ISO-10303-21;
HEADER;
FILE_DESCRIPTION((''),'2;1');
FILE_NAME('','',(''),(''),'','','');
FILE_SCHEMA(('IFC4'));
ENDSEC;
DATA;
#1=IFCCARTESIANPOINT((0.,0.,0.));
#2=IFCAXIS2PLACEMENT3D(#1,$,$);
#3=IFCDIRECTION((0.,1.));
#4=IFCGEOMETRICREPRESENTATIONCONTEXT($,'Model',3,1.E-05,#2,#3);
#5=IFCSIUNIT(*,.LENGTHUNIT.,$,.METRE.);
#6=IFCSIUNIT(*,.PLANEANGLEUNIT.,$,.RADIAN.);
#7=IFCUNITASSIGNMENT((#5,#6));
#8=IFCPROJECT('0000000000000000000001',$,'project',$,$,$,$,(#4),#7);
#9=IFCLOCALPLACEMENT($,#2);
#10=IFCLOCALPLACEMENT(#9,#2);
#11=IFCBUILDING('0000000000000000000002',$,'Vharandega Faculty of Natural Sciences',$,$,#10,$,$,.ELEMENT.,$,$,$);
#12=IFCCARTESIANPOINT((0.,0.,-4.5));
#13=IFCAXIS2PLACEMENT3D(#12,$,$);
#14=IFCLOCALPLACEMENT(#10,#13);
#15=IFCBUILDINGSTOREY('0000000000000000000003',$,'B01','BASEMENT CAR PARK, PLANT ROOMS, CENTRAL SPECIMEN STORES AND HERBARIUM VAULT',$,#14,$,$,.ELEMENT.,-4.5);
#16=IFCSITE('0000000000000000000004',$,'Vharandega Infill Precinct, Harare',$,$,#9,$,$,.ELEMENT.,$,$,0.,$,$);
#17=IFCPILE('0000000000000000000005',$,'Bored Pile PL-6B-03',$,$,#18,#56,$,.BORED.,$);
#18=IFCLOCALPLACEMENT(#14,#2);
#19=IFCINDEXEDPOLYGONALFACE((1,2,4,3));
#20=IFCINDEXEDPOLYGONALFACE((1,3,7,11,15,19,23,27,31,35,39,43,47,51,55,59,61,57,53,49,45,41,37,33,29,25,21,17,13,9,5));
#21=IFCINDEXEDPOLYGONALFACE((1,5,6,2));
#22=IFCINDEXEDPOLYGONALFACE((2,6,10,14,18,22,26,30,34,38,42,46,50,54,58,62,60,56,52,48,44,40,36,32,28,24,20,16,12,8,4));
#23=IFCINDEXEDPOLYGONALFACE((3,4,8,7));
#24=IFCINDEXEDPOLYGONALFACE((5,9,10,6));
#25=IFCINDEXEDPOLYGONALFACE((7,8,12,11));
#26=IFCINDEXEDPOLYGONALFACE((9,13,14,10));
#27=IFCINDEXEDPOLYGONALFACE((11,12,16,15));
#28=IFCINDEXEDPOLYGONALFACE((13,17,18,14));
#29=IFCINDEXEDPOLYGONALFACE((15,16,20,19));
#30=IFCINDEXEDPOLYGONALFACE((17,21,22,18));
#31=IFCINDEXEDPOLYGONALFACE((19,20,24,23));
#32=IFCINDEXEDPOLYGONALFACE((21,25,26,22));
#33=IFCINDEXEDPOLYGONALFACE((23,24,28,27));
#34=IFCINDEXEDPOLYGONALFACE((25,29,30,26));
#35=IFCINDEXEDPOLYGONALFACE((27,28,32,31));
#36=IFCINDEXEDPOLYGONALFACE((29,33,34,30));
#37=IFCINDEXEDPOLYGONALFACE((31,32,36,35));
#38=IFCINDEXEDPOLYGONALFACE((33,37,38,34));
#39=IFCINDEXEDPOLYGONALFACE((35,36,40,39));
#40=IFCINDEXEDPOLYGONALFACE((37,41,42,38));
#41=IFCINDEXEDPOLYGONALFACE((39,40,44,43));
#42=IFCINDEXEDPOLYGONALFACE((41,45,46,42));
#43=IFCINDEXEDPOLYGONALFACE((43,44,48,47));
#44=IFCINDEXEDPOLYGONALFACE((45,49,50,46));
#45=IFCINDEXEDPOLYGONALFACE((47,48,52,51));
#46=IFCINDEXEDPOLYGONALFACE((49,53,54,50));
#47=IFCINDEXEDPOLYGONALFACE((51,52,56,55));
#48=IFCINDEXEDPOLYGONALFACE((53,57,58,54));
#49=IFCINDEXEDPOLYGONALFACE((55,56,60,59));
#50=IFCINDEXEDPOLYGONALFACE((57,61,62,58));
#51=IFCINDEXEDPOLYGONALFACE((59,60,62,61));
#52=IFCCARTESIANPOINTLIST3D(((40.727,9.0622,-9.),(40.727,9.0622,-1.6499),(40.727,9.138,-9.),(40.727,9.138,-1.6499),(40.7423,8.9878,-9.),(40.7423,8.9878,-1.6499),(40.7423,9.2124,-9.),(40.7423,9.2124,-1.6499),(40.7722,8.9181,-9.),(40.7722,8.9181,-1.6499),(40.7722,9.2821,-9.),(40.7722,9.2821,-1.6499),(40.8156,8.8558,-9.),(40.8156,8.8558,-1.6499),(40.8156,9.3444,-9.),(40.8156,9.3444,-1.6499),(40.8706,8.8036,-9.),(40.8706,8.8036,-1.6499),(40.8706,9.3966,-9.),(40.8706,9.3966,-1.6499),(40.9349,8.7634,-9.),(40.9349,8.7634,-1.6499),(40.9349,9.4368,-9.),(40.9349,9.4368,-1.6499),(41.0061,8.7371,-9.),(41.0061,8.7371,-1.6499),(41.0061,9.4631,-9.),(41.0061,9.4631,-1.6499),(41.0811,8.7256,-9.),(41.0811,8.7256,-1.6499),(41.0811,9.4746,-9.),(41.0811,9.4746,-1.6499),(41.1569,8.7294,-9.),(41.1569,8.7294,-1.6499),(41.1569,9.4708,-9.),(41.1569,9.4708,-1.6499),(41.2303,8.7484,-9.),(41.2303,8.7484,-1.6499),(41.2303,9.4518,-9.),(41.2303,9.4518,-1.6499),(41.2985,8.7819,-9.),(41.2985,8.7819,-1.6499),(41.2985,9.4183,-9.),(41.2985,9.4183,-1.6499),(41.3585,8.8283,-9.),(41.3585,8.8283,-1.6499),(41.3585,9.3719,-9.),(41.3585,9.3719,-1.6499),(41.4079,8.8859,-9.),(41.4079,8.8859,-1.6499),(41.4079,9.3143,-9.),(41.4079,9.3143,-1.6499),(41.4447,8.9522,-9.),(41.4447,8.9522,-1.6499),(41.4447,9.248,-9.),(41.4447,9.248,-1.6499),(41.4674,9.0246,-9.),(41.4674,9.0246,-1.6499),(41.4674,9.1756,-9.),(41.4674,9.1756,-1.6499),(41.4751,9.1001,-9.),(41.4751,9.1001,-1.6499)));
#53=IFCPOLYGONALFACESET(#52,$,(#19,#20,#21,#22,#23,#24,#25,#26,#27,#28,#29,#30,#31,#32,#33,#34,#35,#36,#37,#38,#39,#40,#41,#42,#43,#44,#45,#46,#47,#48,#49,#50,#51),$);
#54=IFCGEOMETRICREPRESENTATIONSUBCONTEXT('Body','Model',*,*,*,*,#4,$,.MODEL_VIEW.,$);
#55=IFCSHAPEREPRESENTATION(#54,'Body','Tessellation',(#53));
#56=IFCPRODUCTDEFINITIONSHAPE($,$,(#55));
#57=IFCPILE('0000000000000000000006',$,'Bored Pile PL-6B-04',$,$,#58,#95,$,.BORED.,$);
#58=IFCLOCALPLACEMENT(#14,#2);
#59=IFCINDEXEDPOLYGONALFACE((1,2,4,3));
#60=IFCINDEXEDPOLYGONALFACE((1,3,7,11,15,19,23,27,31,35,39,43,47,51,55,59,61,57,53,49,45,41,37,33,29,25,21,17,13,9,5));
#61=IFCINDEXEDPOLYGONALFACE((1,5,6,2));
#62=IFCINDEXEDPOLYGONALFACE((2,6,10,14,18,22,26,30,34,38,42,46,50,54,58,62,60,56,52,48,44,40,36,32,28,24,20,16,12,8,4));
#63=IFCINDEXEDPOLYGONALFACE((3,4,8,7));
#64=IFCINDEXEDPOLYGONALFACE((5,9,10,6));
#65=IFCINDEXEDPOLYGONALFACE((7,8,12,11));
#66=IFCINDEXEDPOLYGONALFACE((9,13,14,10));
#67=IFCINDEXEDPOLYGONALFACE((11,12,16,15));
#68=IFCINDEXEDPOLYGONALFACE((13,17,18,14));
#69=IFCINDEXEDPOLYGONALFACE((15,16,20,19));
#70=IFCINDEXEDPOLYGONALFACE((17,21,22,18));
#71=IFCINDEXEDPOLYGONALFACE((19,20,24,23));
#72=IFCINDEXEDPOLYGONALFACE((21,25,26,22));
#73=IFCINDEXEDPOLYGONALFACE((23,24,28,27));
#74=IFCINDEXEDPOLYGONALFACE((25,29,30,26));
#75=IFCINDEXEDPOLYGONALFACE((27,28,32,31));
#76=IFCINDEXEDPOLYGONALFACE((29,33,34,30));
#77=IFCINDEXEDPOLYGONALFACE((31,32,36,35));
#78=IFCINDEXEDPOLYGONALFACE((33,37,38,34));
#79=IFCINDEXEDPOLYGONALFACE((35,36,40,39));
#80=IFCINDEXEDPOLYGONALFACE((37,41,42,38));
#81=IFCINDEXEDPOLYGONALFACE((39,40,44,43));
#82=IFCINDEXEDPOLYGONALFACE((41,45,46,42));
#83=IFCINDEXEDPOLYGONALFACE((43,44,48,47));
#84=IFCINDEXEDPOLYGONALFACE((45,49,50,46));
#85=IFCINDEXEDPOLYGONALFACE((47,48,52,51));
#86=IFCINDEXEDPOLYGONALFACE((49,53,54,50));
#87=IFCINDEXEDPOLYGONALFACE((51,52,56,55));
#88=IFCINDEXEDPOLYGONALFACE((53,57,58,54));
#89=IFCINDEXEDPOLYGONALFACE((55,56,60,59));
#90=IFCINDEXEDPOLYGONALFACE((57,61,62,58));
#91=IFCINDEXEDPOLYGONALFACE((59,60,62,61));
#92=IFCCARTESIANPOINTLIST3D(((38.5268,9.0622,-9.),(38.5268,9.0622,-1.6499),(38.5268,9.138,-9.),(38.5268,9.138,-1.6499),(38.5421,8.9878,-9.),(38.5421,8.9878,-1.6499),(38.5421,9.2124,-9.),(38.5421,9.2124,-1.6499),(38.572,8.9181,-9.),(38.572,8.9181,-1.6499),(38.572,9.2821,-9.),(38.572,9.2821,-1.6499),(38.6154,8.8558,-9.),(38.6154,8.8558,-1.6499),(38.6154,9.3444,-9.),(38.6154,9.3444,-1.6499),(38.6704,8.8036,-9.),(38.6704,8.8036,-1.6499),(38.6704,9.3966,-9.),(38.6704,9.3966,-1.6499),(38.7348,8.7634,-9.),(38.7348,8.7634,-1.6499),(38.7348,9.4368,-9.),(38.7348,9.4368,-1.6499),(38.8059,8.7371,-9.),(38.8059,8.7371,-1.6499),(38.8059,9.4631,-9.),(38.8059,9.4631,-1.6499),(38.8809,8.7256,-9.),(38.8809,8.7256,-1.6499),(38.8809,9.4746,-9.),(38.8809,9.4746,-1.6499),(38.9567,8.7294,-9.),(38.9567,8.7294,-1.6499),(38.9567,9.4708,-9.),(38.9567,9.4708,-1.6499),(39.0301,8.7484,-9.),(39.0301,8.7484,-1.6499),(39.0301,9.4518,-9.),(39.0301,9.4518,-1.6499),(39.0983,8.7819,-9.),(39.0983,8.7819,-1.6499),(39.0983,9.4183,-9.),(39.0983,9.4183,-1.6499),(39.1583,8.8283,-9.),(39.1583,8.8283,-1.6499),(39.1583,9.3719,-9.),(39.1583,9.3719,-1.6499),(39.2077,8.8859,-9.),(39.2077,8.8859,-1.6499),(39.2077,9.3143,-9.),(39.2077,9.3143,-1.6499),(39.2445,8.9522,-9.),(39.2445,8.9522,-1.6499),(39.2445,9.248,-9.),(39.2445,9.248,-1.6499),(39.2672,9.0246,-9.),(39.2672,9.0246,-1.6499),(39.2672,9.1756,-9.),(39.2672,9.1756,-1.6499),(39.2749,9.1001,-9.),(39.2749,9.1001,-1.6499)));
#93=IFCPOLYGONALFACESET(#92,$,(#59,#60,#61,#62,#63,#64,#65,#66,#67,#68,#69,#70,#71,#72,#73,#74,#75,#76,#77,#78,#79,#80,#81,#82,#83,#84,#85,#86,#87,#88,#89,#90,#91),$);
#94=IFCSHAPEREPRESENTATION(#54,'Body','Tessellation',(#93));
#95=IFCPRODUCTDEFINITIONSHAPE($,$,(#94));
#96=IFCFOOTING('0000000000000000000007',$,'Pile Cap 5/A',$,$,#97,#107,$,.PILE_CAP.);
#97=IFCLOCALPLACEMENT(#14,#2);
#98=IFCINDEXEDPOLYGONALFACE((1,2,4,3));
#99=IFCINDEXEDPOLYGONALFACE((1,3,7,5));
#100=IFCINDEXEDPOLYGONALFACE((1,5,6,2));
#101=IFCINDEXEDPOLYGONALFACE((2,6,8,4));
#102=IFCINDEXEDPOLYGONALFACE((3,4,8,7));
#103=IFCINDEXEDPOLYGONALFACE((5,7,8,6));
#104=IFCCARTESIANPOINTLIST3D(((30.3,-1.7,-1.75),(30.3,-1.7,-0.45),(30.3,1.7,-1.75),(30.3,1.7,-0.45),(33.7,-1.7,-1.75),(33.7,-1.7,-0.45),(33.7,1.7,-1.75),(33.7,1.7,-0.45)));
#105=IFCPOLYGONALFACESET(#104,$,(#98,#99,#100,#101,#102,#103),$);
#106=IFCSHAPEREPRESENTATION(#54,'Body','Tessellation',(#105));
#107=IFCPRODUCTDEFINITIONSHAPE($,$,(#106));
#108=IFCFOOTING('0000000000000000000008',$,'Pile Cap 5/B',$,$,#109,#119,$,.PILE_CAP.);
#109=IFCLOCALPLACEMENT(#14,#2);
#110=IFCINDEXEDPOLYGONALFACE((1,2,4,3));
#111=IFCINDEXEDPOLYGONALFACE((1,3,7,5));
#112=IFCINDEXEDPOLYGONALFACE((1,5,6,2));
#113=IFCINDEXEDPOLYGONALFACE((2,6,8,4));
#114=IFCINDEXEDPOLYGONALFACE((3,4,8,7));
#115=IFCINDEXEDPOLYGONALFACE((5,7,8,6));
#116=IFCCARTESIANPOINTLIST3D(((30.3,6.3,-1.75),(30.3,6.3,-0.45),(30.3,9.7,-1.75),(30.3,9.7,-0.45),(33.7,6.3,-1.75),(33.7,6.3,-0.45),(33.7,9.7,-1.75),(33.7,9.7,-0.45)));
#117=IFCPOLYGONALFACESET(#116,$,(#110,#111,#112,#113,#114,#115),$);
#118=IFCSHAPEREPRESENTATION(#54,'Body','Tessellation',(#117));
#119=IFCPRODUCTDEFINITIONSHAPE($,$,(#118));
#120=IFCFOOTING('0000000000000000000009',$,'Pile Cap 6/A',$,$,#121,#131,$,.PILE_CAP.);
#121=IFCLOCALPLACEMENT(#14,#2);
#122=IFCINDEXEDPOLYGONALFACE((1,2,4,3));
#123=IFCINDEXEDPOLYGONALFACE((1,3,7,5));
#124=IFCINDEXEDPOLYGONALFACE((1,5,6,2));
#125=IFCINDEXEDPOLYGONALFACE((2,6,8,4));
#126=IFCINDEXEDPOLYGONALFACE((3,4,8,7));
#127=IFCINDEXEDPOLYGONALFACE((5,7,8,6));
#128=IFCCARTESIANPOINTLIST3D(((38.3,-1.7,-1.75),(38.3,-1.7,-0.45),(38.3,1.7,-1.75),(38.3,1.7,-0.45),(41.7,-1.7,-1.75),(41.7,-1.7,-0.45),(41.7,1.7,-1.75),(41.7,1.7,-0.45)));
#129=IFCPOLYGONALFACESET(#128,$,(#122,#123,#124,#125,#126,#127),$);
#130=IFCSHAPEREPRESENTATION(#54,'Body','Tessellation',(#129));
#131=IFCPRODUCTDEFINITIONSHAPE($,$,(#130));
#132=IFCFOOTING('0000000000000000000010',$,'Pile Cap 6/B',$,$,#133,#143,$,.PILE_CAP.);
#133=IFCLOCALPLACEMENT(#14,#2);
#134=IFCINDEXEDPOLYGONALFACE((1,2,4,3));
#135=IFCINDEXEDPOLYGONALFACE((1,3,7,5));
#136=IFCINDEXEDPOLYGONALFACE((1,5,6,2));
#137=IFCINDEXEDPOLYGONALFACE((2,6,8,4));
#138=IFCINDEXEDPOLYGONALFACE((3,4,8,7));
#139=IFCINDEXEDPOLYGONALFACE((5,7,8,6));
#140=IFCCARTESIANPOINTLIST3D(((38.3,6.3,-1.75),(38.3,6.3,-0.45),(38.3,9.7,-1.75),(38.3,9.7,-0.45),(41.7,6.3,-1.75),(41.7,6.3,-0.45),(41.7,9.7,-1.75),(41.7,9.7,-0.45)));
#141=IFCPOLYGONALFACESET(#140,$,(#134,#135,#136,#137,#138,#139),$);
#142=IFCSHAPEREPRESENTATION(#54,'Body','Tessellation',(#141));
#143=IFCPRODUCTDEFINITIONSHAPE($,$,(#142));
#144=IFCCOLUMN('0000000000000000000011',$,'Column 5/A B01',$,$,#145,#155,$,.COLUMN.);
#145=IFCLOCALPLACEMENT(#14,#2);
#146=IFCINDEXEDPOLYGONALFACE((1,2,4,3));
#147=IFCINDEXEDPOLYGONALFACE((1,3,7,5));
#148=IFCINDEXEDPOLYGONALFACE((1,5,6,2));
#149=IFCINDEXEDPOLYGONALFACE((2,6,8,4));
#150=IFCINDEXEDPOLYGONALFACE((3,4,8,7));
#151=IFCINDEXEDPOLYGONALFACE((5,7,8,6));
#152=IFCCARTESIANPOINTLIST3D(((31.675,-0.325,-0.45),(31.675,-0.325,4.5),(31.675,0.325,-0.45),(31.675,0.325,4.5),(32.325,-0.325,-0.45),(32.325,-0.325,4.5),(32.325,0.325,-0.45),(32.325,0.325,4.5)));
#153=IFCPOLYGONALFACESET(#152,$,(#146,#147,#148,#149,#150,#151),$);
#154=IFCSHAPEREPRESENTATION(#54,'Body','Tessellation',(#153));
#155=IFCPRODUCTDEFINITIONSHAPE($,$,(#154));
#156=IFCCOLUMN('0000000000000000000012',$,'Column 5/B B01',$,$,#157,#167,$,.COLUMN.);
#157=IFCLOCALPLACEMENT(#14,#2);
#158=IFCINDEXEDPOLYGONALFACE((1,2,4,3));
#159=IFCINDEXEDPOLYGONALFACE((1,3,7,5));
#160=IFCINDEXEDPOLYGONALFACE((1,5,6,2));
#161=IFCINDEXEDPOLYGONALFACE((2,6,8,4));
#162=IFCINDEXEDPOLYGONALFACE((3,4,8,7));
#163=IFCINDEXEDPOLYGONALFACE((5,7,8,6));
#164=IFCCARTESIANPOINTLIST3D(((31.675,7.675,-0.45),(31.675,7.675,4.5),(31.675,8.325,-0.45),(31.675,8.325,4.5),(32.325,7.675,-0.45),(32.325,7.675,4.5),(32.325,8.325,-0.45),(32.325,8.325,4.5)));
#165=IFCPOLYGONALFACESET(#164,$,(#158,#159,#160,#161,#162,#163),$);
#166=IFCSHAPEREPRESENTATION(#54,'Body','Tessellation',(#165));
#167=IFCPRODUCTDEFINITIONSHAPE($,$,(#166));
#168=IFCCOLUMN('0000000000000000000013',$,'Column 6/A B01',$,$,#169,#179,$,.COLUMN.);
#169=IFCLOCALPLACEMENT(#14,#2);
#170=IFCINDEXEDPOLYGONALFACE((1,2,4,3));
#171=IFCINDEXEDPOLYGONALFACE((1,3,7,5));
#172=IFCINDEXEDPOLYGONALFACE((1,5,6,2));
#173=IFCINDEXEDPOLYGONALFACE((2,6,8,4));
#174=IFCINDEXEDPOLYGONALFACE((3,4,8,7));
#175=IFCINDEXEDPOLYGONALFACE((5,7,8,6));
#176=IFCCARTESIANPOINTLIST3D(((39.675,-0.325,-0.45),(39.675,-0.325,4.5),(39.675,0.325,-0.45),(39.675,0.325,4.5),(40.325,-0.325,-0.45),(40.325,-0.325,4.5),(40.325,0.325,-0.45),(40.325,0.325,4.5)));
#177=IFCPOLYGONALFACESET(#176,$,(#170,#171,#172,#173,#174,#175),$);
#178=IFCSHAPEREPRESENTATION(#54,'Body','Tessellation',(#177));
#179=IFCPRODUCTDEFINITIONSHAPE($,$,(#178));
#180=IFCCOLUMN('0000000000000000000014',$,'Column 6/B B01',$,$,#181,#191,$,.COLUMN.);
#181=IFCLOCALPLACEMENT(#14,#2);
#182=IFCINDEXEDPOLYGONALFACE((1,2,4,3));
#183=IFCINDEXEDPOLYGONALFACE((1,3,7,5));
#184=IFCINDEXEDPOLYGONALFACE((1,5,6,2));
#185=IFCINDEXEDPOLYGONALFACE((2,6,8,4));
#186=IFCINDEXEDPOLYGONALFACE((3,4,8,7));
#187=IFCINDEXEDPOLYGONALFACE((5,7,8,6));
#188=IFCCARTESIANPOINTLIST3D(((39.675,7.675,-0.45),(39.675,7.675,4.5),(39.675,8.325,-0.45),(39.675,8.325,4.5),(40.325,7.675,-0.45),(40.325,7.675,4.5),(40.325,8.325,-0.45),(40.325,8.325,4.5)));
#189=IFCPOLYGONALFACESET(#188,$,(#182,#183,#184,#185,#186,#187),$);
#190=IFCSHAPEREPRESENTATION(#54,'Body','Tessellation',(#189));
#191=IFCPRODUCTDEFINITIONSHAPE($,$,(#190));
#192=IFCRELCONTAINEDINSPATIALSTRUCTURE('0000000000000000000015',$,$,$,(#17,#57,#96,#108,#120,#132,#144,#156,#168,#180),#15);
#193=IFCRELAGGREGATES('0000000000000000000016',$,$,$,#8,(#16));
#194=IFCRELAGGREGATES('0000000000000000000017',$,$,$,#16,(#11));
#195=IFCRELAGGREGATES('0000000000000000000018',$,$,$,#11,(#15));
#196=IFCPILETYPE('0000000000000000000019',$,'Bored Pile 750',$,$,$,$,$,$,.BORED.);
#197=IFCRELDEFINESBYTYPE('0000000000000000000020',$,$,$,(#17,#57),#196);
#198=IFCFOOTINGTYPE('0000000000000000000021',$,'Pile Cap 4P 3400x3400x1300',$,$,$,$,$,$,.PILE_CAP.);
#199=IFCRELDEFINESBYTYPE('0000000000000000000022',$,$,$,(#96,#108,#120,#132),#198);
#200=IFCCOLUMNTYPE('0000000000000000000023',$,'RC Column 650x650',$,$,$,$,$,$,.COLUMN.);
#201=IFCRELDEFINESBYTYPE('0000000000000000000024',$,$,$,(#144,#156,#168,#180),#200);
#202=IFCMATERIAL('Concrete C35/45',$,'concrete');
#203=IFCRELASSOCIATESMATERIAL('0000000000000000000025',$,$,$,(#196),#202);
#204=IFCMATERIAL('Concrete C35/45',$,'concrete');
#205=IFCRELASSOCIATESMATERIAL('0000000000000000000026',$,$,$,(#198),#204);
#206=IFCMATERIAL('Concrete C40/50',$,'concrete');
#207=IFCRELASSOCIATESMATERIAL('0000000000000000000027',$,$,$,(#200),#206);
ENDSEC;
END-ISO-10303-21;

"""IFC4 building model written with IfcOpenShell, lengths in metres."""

from ifc_helpers import new_model, si_unit, direction, frame, origin, origin_2d, place, context, subcontext, project, spatial, rectangle, circle, extrude, material, material_profile, profile_set, type_object, element, save


model = new_model("IFC4")

# Units and contexts
model_context = context("Model", 3, precision=1e-05, world=origin(), true_north=direction((0.0, 1.0)))
body_context = subcontext(model_context, "Body", "Model", "MODEL_VIEW")
ifc_project = project(units=[si_unit("LENGTHUNIT", "METRE"), si_unit("PLANEANGLEUNIT", "RADIAN")], contexts=[model_context])

# Site, building, storey
site_placement = place(None, origin())
site = spatial("IfcSite", under=ifc_project, at=site_placement, Name="Vharandega Infill Precinct, Harare", CompositionType="ELEMENT", RefElevation=0.0)
building_placement = place(site_placement, origin())
building = spatial("IfcBuilding", under=site, at=building_placement, Name="Vharandega Faculty of Natural Sciences", CompositionType="ELEMENT")
storey_placement = place(building_placement, frame((0.0, 0.0, -4.5)))
storey = spatial("IfcBuildingStorey", under=building, at=storey_placement, Name="B01", Description="BASEMENT CAR PARK, PLANT ROOMS, CENTRAL SPECIMEN STORES AND HERBARIUM VAULT", CompositionType="ELEMENT", Elevation=-4.5)

# Piles
ifc_material_1 = material(Name="Concrete C35/45", Category="concrete")
ifc_material_profile_1 = material_profile(ifc_material_1, circle(Radius=0.375, at=origin_2d()), Name="PILE 750")
ifc_profile_set_1 = profile_set([ifc_material_profile_1], Name="Concrete C35/45")
pile_type = type_object("IfcPileType", Name="Bored Pile 750", PredefinedType="BORED", material=ifc_profile_set_1)
for number, where, z_axis, x_axis, name in (
    (1, (41.1001, 9.1001, -1.6499), (0.0, 0.0, -1.0), (1.0, 0.0, 0.0), "Bored Pile PL-6B-03"),
    (2, (38.8999, 9.1001, -1.6499), (0.0, 0.0, -1.0), (1.0, 0.0, 0.0), "Bored Pile PL-6B-04"),
):
    element("IfcPile", number, at=place(storey_placement, frame(where, z_axis=z_axis, x_axis=x_axis)), inside=storey, type_object=pile_type, Name=name, PredefinedType="BORED", context=body_context, shape_type="SweptSolid", body=[
        extrude(circle(Radius=0.375, at=origin_2d()), origin(), (0.0, 0.0, 1.0), 7.3501),
    ])

# Footings
ifc_material_2 = material(Name="Concrete C35/45", Category="concrete")
footing_type = type_object("IfcFootingType", Name="Pile Cap 4P 3400x3400x1300", PredefinedType="PILE_CAP", material=ifc_material_2)
for number, where, z_axis, x_axis, name in (
    (3, (32.0, 0.0, -1.75), (0.0, 0.0, 1.0), (1.0, 0.0, 0.0), "Pile Cap 5/A"),
    (4, (32.0, 8.0, -1.75), (0.0, 0.0, 1.0), (1.0, 0.0, 0.0), "Pile Cap 5/B"),
    (5, (40.0, 0.0, -1.75), (0.0, 0.0, 1.0), (1.0, 0.0, 0.0), "Pile Cap 6/A"),
    (6, (40.0, 8.0, -1.75), (0.0, 0.0, 1.0), (1.0, 0.0, 0.0), "Pile Cap 6/B"),
):
    element("IfcFooting", number, at=place(storey_placement, frame(where, z_axis=z_axis, x_axis=x_axis)), inside=storey, type_object=footing_type, Name=name, PredefinedType="PILE_CAP", context=body_context, shape_type="SweptSolid", body=[
        extrude(rectangle(XDim=3.3999, YDim=3.3999, at=origin_2d()), origin(), (0.0, 0.0, 1.0), 1.3),
    ])

# Columns
ifc_material_3 = material(Name="Concrete C40/50", Category="concrete")
ifc_material_profile_2 = material_profile(ifc_material_3, rectangle(XDim=0.6499, YDim=0.6499, at=origin_2d()), Name="RC 650x650")
ifc_profile_set_2 = profile_set([ifc_material_profile_2], Name="Concrete C40/50")
column_type = type_object("IfcColumnType", Name="RC Column 650x650", PredefinedType="COLUMN", material=ifc_profile_set_2)
for number, where, z_axis, x_axis, name in (
    (7, (32.0, 0.0, -0.45), (0.0, 0.0, 1.0), (1.0, 0.0, 0.0), "Column 5/A B01"),
    (8, (32.0, 8.0, -0.45), (0.0, 0.0, 1.0), (1.0, 0.0, 0.0), "Column 5/B B01"),
    (9, (40.0, 0.0, -0.45), (0.0, 0.0, 1.0), (1.0, 0.0, 0.0), "Column 6/A B01"),
    (10, (40.0, 8.0, -0.45), (0.0, 0.0, 1.0), (1.0, 0.0, 0.0), "Column 6/B B01"),
):
    element("IfcColumn", number, at=place(storey_placement, frame(where, z_axis=z_axis, x_axis=x_axis)), inside=storey, type_object=column_type, Name=name, PredefinedType="COLUMN", context=body_context, shape_type="SweptSolid", body=[
        extrude(rectangle(XDim=0.6499, YDim=0.6499, at=origin_2d()), origin(), (0.0, 0.0, 1.0), 4.95),
    ])

save(model, "model.ifc")
